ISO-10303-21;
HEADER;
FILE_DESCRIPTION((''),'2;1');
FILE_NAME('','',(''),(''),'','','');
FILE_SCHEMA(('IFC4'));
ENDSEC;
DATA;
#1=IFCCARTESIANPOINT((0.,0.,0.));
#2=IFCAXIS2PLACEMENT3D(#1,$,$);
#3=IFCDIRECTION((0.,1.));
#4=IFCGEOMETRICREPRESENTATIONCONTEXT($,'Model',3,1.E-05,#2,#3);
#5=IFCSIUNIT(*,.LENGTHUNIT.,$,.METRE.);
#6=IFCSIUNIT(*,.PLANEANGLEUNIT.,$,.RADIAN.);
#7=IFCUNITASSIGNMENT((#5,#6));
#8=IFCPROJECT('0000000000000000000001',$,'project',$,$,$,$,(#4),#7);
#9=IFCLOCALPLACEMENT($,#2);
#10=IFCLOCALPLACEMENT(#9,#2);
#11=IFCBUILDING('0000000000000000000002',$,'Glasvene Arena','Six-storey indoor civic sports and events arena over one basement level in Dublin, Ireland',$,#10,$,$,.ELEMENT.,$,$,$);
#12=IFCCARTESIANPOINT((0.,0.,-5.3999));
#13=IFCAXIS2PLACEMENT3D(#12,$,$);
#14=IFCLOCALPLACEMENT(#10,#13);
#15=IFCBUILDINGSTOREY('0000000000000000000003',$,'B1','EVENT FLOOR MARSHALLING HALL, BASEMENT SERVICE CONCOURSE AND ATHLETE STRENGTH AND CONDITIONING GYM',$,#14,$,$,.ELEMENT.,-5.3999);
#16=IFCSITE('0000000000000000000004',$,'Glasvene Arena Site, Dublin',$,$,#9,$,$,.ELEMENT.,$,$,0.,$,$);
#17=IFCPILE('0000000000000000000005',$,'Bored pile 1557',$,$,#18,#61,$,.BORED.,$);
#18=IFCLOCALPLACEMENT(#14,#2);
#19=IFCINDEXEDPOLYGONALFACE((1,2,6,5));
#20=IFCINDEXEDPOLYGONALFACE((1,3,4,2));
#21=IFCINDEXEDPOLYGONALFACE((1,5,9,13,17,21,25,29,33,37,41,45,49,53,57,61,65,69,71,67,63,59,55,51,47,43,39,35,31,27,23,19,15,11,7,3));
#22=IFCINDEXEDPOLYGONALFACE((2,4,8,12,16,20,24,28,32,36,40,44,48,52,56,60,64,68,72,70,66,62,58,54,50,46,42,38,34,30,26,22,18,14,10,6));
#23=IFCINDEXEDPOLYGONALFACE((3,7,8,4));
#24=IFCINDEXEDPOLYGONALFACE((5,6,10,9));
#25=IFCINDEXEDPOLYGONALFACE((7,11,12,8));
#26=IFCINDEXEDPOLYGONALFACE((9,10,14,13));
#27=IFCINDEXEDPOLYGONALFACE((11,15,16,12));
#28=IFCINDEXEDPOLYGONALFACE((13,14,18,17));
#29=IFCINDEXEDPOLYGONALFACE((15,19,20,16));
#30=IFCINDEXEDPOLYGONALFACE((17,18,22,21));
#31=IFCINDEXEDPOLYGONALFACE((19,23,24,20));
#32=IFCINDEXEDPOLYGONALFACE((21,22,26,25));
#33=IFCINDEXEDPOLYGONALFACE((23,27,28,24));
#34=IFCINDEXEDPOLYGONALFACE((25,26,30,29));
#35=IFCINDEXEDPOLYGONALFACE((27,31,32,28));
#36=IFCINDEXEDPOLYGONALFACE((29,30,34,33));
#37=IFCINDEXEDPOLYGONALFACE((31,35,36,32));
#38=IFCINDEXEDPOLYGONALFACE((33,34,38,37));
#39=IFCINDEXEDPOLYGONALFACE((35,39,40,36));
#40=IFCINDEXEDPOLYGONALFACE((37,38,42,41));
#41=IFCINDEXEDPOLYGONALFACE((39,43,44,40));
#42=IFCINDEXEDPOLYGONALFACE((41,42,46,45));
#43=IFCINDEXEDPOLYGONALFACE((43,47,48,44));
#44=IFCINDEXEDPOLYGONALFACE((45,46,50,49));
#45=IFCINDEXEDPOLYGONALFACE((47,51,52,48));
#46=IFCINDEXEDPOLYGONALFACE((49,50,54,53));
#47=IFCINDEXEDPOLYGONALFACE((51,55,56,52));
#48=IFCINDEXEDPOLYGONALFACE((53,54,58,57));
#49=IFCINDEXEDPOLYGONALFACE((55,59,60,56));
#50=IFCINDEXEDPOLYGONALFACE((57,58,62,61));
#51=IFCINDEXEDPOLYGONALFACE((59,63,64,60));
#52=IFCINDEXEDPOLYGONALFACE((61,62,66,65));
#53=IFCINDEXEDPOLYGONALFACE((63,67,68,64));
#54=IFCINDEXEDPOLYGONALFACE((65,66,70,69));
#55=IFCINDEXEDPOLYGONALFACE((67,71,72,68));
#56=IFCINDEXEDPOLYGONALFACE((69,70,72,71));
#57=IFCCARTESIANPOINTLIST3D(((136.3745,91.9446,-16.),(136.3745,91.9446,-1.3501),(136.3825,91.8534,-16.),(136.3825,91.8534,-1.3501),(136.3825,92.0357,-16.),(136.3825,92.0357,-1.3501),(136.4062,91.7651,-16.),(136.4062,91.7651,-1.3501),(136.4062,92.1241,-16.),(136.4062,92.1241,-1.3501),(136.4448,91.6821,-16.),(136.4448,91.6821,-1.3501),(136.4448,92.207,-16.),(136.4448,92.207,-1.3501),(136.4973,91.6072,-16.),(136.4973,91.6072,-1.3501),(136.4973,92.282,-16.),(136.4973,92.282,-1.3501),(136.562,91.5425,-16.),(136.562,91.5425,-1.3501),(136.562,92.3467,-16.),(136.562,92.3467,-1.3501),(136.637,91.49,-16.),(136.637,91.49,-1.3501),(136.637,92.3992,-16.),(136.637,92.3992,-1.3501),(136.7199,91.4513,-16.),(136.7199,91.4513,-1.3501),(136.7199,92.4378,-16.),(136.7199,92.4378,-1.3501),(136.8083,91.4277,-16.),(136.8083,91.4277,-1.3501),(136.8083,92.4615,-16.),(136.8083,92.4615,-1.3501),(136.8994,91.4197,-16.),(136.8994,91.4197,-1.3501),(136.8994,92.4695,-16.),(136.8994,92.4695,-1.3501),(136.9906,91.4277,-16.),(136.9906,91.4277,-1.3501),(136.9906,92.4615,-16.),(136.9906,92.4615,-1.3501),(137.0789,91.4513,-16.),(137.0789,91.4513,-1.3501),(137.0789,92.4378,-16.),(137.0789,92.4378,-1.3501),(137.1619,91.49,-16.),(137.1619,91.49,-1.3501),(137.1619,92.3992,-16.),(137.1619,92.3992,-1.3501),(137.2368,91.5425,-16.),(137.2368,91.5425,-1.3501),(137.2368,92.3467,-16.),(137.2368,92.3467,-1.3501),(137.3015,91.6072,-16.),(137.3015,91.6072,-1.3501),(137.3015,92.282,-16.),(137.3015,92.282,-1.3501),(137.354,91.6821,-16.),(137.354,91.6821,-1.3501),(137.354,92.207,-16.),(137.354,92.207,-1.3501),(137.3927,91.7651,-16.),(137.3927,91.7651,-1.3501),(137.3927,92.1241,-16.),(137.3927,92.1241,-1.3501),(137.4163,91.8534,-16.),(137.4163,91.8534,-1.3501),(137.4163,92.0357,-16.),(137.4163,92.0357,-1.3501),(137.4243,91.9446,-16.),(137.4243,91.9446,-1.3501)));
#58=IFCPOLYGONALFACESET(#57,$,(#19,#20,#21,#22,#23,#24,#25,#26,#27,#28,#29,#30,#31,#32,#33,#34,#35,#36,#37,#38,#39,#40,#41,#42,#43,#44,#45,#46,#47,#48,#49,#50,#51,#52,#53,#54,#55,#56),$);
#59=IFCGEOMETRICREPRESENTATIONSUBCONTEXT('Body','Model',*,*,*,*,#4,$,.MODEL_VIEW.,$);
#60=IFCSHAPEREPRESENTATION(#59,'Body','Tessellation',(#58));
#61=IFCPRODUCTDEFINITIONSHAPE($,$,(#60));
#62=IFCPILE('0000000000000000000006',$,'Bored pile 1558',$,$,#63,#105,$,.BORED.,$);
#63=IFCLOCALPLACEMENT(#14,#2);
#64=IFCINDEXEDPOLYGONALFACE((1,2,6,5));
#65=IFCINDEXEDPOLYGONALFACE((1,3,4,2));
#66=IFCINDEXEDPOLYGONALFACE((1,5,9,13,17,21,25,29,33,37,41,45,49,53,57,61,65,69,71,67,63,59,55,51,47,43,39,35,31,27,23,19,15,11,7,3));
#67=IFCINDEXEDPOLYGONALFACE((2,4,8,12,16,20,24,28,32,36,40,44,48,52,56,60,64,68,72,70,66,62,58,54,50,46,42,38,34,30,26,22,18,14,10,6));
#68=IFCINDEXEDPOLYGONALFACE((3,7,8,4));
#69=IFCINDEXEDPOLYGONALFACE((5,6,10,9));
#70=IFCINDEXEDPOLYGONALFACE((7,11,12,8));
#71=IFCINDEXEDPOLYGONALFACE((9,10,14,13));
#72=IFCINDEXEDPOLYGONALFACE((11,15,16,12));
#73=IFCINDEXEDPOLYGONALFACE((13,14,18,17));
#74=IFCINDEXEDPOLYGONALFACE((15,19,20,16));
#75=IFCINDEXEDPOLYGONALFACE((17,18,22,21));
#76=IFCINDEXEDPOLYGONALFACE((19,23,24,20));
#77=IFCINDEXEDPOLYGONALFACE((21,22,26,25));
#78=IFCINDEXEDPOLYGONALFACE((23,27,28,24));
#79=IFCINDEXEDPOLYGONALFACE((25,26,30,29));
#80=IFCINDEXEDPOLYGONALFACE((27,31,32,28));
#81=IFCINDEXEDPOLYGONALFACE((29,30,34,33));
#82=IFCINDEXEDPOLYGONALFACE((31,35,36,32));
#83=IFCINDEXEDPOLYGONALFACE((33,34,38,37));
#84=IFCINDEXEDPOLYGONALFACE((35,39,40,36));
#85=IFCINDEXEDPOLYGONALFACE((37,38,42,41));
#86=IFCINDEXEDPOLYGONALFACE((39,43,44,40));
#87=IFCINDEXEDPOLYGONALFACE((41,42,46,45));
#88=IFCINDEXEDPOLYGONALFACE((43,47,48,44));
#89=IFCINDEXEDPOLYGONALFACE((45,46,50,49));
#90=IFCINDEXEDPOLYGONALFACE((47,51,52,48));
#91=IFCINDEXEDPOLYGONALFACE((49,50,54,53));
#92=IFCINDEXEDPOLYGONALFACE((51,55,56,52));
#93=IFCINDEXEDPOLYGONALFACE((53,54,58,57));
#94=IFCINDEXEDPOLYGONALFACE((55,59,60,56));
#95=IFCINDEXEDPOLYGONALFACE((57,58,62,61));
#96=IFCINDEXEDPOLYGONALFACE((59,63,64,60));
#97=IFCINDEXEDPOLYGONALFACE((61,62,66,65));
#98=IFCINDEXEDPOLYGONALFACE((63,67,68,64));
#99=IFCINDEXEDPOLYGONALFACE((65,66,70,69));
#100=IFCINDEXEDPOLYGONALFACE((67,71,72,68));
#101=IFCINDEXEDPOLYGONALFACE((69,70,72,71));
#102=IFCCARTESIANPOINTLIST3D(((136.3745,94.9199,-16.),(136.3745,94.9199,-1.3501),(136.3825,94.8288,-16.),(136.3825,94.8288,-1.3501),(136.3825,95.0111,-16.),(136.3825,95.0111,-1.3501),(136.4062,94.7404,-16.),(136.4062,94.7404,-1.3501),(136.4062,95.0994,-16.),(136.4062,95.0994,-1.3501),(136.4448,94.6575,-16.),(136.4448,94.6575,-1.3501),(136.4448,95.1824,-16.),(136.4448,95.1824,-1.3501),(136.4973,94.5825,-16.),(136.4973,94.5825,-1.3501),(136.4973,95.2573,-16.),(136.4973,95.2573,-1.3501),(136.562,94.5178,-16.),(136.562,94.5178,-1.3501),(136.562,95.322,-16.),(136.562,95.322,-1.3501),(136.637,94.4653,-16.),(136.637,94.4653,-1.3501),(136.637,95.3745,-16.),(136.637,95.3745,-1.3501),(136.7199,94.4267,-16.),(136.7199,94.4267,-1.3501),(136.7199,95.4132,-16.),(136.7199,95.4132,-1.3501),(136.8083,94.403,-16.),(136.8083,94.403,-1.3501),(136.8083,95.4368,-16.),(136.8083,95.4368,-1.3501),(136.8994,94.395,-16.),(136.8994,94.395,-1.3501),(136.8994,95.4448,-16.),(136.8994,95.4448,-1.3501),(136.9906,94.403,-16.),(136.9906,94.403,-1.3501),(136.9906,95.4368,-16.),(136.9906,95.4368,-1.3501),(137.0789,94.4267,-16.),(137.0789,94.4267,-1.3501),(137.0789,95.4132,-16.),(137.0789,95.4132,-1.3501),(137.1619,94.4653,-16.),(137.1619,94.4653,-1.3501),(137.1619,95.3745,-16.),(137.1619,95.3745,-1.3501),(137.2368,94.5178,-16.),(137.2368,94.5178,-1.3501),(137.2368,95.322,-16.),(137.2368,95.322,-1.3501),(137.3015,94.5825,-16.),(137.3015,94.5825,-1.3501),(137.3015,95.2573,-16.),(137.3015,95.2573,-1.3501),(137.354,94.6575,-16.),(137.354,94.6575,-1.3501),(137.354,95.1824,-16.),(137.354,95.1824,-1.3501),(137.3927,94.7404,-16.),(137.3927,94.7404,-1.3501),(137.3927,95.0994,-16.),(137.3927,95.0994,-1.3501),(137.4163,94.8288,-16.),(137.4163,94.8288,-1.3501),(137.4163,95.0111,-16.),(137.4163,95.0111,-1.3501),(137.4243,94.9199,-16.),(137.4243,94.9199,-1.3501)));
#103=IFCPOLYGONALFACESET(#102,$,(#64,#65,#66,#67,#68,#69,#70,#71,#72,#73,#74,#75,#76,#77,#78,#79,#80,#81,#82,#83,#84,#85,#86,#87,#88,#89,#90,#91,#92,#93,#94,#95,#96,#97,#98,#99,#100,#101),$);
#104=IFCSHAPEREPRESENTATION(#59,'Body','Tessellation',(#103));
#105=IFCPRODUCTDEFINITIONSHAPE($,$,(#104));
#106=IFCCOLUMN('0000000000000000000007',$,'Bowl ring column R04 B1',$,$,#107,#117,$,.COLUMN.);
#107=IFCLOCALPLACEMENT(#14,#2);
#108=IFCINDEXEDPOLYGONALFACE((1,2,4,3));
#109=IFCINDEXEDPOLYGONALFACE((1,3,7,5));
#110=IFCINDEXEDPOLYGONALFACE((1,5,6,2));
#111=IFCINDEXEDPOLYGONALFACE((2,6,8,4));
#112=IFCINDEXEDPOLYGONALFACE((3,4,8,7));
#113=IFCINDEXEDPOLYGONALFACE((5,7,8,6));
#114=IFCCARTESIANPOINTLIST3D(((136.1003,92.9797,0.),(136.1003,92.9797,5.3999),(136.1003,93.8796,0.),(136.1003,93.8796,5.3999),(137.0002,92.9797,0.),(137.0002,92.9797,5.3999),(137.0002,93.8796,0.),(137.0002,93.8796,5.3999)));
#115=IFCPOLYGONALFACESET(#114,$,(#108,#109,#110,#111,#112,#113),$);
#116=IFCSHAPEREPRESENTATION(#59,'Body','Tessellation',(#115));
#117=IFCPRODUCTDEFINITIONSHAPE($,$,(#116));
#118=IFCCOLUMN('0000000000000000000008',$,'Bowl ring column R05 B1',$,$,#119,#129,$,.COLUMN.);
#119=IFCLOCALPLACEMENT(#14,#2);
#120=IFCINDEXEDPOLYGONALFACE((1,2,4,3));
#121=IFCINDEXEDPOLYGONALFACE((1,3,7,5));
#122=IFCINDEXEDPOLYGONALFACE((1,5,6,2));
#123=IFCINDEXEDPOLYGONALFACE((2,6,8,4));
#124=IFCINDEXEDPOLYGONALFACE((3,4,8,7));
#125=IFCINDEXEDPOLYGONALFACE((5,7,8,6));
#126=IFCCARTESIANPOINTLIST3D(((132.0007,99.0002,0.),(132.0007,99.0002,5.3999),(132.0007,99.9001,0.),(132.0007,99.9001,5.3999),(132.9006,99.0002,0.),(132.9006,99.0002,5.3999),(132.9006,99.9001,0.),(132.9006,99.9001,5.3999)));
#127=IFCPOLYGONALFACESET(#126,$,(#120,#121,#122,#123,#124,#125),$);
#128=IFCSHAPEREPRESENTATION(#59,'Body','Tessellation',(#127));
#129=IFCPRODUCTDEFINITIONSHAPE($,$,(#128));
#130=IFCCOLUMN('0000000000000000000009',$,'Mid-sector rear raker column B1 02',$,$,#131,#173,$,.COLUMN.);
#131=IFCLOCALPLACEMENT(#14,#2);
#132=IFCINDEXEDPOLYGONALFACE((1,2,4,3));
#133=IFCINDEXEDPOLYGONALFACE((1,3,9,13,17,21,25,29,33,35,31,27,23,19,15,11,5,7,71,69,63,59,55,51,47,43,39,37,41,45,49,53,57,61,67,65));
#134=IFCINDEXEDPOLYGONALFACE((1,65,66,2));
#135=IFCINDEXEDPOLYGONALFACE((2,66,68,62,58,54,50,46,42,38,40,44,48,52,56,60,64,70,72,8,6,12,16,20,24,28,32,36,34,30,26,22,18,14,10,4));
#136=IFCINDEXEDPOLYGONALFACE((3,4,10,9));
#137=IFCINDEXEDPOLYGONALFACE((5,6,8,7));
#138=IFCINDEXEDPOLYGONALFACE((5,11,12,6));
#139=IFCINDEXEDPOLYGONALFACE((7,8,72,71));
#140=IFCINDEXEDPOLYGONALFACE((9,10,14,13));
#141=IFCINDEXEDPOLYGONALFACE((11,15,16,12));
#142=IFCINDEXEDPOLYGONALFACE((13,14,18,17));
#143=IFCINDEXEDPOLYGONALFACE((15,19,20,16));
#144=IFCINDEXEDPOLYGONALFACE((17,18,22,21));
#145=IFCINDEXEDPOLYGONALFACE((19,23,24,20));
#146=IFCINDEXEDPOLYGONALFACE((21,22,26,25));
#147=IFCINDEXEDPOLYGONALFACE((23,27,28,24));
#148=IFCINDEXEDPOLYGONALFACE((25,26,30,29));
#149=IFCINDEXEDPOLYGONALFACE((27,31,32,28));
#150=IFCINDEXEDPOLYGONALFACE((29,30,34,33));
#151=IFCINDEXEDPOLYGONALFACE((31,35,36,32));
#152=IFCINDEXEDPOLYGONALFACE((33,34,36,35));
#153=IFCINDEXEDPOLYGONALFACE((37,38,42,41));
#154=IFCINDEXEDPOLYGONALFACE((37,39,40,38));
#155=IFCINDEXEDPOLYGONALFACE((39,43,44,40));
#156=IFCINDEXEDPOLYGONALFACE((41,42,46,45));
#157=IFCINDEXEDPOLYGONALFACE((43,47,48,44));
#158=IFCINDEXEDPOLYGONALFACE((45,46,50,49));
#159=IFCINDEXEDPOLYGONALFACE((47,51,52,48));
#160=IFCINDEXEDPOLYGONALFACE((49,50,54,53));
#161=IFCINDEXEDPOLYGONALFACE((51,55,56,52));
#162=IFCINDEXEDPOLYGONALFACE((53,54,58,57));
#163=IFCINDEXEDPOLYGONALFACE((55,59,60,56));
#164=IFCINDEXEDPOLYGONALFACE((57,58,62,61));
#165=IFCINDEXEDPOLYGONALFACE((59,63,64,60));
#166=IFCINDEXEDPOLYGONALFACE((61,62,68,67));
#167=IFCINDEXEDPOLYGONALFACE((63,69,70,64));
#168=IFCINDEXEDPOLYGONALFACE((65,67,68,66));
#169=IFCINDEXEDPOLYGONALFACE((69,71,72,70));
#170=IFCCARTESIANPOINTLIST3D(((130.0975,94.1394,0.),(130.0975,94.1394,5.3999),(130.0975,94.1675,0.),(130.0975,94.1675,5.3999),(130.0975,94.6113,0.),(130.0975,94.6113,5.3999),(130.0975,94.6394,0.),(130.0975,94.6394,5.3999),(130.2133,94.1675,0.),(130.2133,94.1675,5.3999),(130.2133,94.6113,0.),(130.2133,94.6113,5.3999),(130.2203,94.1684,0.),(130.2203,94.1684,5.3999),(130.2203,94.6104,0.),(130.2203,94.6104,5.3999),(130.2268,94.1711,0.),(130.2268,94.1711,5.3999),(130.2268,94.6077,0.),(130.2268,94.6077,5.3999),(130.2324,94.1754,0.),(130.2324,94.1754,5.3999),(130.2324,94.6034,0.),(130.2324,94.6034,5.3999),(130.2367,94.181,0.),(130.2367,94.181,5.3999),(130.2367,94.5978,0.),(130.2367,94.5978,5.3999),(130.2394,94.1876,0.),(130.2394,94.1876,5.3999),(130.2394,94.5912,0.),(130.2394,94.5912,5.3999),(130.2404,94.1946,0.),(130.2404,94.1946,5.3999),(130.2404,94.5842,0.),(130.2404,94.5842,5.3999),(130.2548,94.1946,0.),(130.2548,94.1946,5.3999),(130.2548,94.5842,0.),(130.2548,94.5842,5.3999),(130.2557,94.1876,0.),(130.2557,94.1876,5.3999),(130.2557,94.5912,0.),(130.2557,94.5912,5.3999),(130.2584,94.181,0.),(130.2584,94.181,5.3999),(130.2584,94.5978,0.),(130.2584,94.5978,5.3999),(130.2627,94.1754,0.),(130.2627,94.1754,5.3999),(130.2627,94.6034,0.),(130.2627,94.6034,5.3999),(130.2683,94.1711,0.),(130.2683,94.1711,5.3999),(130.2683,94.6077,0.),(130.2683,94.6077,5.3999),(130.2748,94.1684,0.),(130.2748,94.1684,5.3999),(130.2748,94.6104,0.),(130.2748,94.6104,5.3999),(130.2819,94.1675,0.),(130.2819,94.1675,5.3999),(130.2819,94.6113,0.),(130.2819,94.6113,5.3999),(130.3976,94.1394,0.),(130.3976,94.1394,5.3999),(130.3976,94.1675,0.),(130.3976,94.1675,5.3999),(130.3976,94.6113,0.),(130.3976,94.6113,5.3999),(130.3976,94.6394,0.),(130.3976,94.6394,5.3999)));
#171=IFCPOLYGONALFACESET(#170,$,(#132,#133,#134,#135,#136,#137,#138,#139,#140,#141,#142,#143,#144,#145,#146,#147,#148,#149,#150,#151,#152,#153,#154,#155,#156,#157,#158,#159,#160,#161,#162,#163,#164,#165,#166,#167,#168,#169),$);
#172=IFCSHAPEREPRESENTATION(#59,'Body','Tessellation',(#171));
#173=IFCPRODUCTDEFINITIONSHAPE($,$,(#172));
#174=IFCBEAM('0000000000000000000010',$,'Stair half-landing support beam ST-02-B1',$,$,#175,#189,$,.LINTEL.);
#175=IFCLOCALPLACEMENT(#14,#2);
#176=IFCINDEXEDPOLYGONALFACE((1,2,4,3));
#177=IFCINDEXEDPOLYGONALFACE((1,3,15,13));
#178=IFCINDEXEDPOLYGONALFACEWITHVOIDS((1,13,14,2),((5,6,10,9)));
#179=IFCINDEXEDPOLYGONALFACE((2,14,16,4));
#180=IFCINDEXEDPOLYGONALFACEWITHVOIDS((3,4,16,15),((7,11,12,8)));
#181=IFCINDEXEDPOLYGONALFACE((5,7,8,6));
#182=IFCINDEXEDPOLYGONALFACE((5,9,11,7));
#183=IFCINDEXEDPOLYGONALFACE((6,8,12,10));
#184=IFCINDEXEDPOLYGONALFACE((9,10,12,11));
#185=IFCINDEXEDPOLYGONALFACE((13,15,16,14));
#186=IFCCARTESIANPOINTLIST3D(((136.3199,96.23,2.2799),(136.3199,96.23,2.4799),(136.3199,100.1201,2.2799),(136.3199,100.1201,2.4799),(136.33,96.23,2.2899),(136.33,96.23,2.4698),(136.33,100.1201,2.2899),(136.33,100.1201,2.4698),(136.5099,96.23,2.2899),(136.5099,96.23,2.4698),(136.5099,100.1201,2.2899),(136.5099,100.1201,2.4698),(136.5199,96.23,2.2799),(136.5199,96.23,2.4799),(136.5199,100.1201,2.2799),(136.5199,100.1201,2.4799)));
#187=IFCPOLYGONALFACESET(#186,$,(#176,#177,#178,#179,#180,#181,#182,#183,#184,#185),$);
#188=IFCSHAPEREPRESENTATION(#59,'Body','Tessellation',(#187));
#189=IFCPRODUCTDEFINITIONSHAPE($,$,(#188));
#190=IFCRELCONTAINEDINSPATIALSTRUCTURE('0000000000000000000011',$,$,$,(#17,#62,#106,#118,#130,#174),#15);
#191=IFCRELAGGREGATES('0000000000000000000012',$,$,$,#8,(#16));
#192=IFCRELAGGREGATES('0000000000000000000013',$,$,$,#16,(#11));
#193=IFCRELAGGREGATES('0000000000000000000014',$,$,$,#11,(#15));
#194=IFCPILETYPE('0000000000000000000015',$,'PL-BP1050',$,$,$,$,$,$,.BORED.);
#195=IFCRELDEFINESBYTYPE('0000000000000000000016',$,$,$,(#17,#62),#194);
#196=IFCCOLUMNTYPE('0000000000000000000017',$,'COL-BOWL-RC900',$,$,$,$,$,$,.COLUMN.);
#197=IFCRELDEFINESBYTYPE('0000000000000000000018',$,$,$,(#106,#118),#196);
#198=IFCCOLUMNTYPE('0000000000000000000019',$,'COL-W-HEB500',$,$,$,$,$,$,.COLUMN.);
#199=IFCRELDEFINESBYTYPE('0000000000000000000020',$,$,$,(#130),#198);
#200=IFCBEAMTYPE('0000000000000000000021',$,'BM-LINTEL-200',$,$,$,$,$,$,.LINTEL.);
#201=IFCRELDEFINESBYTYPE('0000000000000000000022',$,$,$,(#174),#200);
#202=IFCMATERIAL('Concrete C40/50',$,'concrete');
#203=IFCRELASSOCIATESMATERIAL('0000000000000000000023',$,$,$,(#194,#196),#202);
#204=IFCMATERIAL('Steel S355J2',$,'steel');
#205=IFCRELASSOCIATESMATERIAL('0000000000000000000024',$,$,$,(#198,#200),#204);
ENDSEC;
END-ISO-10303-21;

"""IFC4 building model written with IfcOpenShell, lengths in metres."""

from ifc_helpers import new_model, si_unit, direction, frame, origin, origin_2d, place, context, subcontext, project, spatial, rectangle, hollow_rectangle, circle, i_section, extrude, material, material_profile, profile_set, type_object, element, save


model = new_model("IFC4")

# Units and contexts
model_context = context("Model", 3, precision=1e-05, world=origin(), true_north=direction((0.0, 1.0)))
body_context = subcontext(model_context, "Body", "Model", "MODEL_VIEW")
ifc_project = project(units=[si_unit("LENGTHUNIT", "METRE"), si_unit("PLANEANGLEUNIT", "RADIAN")], contexts=[model_context])

# Site, building, storey
site_placement = place(None, origin())
site = spatial("IfcSite", under=ifc_project, at=site_placement, Name="Glasvene Arena Site, Dublin", CompositionType="ELEMENT", RefElevation=0.0)
building_placement = place(site_placement, origin())
building = spatial("IfcBuilding", under=site, at=building_placement, Name="Glasvene Arena", Description="Six-storey indoor civic sports and events arena over one basement level in Dublin, Ireland", CompositionType="ELEMENT")
storey_placement = place(building_placement, frame((0.0, 0.0, -5.3999)))
storey = spatial("IfcBuildingStorey", under=building, at=storey_placement, Name="B1", Description="EVENT FLOOR MARSHALLING HALL, BASEMENT SERVICE CONCOURSE AND ATHLETE STRENGTH AND CONDITIONING GYM", CompositionType="ELEMENT", Elevation=-5.3999)

# Piles
ifc_material_1 = material(Name="Concrete C40/50", Category="concrete")
ifc_material_profile_1 = material_profile(ifc_material_1, circle(Radius=0.5249, at=origin_2d()), Name="BORED PILE 1050")
ifc_profile_set_1 = profile_set([ifc_material_profile_1], Name="Concrete C40/50")
pile_type = type_object("IfcPileType", Name="PL-BP1050", PredefinedType="BORED", material=ifc_profile_set_1)
for number, where, z_axis, x_axis, name in (
    (1, (136.8994, 91.9446, -1.3501), (0.0, 0.0, -1.0), (1.0, 0.0, 0.0), "Bored pile 1557"),
    (2, (136.8994, 94.9199, -1.3501), (0.0, 0.0, -1.0), (1.0, 0.0, 0.0), "Bored pile 1558"),
):
    element("IfcPile", number, at=place(storey_placement, frame(where, z_axis=z_axis, x_axis=x_axis)), inside=storey, type_object=pile_type, Name=name, PredefinedType="BORED", context=body_context, shape_type="SweptSolid", body=[
        extrude(circle(Radius=0.5249, at=origin_2d()), origin(), (0.0, 0.0, 1.0), 14.6499),
    ])

# Columns
ifc_material_profile_2 = material_profile(ifc_material_1, rectangle(XDim=0.8999, YDim=0.8999, at=origin_2d()), Name="RC 900x900")
ifc_profile_set_2 = profile_set([ifc_material_profile_2], Name="Concrete C40/50")
column_type_1 = type_object("IfcColumnType", Name="COL-BOWL-RC900", PredefinedType="COLUMN", material=ifc_profile_set_2)
for number, where, z_axis, x_axis, name in (
    (3, (136.5503, 93.4297, 0.0), (0.0, 0.0, 1.0), (1.0, 0.0, 0.0), "Bowl ring column R04 B1"),
    (4, (132.4507, 99.4502, 0.0), (0.0, 0.0, 1.0), (1.0, 0.0, 0.0), "Bowl ring column R05 B1"),
):
    element("IfcColumn", number, at=place(storey_placement, frame(where, z_axis=z_axis, x_axis=x_axis)), inside=storey, type_object=column_type_1, Name=name, PredefinedType="COLUMN", context=body_context, shape_type="SweptSolid", body=[
        extrude(rectangle(XDim=0.8999, YDim=0.8999, at=origin_2d()), origin(), (0.0, 0.0, 1.0), 5.3999),
    ])
ifc_material_2 = material(Name="Steel S355J2", Category="steel")
ifc_material_profile_3 = material_profile(ifc_material_2, i_section(OverallWidth=0.3, OverallDepth=0.5, WebThickness=0.0144, FlangeThickness=0.0281, FilletRadius=0.0271, at=origin_2d()), Name="HEB 500")
ifc_profile_set_3 = profile_set([ifc_material_profile_3], Name="Steel S355J2")
column_type_2 = type_object("IfcColumnType", Name="COL-W-HEB500", PredefinedType="COLUMN", material=ifc_profile_set_3)
column_placement = place(storey_placement, frame((130.2476, 94.3894, 0.0), z_axis=(0.0, 0.0, 1.0), x_axis=(1.0, 0.0, 0.0)))
element("IfcColumn", 5, at=column_placement, inside=storey, type_object=column_type_2, Name="Mid-sector rear raker column B1 02", PredefinedType="COLUMN", context=body_context, shape_type="SweptSolid", body=[
    extrude(i_section(OverallWidth=0.3, OverallDepth=0.5, WebThickness=0.0144, FlangeThickness=0.0281, FilletRadius=0.0271, at=origin_2d()), origin(), (0.0, 0.0, 1.0), 5.3999),
])

# Beam
ifc_material_profile_4 = material_profile(ifc_material_2, hollow_rectangle(XDim=0.2, YDim=0.2, WallThickness=0.01, at=origin_2d()), Name="SHS 200x200x10.0")
ifc_profile_set_4 = profile_set([ifc_material_profile_4], Name="Steel S355J2")
beam_type = type_object("IfcBeamType", Name="BM-LINTEL-200", PredefinedType="LINTEL", material=ifc_profile_set_4)
beam_placement = place(storey_placement, frame((136.4199, 96.23, 2.3799), z_axis=(0.0, 1.0, 0.0), x_axis=(-1.0, 0.0, 0.0)))
element("IfcBeam", 6, at=beam_placement, inside=storey, type_object=beam_type, Name="Stair half-landing support beam ST-02-B1", PredefinedType="LINTEL", context=body_context, shape_type="SweptSolid", body=[
    extrude(hollow_rectangle(XDim=0.2, YDim=0.2, WallThickness=0.01, at=origin_2d()), origin(), (0.0, 0.0, 1.0), 3.8901),
])

save(model, "model.ifc")
